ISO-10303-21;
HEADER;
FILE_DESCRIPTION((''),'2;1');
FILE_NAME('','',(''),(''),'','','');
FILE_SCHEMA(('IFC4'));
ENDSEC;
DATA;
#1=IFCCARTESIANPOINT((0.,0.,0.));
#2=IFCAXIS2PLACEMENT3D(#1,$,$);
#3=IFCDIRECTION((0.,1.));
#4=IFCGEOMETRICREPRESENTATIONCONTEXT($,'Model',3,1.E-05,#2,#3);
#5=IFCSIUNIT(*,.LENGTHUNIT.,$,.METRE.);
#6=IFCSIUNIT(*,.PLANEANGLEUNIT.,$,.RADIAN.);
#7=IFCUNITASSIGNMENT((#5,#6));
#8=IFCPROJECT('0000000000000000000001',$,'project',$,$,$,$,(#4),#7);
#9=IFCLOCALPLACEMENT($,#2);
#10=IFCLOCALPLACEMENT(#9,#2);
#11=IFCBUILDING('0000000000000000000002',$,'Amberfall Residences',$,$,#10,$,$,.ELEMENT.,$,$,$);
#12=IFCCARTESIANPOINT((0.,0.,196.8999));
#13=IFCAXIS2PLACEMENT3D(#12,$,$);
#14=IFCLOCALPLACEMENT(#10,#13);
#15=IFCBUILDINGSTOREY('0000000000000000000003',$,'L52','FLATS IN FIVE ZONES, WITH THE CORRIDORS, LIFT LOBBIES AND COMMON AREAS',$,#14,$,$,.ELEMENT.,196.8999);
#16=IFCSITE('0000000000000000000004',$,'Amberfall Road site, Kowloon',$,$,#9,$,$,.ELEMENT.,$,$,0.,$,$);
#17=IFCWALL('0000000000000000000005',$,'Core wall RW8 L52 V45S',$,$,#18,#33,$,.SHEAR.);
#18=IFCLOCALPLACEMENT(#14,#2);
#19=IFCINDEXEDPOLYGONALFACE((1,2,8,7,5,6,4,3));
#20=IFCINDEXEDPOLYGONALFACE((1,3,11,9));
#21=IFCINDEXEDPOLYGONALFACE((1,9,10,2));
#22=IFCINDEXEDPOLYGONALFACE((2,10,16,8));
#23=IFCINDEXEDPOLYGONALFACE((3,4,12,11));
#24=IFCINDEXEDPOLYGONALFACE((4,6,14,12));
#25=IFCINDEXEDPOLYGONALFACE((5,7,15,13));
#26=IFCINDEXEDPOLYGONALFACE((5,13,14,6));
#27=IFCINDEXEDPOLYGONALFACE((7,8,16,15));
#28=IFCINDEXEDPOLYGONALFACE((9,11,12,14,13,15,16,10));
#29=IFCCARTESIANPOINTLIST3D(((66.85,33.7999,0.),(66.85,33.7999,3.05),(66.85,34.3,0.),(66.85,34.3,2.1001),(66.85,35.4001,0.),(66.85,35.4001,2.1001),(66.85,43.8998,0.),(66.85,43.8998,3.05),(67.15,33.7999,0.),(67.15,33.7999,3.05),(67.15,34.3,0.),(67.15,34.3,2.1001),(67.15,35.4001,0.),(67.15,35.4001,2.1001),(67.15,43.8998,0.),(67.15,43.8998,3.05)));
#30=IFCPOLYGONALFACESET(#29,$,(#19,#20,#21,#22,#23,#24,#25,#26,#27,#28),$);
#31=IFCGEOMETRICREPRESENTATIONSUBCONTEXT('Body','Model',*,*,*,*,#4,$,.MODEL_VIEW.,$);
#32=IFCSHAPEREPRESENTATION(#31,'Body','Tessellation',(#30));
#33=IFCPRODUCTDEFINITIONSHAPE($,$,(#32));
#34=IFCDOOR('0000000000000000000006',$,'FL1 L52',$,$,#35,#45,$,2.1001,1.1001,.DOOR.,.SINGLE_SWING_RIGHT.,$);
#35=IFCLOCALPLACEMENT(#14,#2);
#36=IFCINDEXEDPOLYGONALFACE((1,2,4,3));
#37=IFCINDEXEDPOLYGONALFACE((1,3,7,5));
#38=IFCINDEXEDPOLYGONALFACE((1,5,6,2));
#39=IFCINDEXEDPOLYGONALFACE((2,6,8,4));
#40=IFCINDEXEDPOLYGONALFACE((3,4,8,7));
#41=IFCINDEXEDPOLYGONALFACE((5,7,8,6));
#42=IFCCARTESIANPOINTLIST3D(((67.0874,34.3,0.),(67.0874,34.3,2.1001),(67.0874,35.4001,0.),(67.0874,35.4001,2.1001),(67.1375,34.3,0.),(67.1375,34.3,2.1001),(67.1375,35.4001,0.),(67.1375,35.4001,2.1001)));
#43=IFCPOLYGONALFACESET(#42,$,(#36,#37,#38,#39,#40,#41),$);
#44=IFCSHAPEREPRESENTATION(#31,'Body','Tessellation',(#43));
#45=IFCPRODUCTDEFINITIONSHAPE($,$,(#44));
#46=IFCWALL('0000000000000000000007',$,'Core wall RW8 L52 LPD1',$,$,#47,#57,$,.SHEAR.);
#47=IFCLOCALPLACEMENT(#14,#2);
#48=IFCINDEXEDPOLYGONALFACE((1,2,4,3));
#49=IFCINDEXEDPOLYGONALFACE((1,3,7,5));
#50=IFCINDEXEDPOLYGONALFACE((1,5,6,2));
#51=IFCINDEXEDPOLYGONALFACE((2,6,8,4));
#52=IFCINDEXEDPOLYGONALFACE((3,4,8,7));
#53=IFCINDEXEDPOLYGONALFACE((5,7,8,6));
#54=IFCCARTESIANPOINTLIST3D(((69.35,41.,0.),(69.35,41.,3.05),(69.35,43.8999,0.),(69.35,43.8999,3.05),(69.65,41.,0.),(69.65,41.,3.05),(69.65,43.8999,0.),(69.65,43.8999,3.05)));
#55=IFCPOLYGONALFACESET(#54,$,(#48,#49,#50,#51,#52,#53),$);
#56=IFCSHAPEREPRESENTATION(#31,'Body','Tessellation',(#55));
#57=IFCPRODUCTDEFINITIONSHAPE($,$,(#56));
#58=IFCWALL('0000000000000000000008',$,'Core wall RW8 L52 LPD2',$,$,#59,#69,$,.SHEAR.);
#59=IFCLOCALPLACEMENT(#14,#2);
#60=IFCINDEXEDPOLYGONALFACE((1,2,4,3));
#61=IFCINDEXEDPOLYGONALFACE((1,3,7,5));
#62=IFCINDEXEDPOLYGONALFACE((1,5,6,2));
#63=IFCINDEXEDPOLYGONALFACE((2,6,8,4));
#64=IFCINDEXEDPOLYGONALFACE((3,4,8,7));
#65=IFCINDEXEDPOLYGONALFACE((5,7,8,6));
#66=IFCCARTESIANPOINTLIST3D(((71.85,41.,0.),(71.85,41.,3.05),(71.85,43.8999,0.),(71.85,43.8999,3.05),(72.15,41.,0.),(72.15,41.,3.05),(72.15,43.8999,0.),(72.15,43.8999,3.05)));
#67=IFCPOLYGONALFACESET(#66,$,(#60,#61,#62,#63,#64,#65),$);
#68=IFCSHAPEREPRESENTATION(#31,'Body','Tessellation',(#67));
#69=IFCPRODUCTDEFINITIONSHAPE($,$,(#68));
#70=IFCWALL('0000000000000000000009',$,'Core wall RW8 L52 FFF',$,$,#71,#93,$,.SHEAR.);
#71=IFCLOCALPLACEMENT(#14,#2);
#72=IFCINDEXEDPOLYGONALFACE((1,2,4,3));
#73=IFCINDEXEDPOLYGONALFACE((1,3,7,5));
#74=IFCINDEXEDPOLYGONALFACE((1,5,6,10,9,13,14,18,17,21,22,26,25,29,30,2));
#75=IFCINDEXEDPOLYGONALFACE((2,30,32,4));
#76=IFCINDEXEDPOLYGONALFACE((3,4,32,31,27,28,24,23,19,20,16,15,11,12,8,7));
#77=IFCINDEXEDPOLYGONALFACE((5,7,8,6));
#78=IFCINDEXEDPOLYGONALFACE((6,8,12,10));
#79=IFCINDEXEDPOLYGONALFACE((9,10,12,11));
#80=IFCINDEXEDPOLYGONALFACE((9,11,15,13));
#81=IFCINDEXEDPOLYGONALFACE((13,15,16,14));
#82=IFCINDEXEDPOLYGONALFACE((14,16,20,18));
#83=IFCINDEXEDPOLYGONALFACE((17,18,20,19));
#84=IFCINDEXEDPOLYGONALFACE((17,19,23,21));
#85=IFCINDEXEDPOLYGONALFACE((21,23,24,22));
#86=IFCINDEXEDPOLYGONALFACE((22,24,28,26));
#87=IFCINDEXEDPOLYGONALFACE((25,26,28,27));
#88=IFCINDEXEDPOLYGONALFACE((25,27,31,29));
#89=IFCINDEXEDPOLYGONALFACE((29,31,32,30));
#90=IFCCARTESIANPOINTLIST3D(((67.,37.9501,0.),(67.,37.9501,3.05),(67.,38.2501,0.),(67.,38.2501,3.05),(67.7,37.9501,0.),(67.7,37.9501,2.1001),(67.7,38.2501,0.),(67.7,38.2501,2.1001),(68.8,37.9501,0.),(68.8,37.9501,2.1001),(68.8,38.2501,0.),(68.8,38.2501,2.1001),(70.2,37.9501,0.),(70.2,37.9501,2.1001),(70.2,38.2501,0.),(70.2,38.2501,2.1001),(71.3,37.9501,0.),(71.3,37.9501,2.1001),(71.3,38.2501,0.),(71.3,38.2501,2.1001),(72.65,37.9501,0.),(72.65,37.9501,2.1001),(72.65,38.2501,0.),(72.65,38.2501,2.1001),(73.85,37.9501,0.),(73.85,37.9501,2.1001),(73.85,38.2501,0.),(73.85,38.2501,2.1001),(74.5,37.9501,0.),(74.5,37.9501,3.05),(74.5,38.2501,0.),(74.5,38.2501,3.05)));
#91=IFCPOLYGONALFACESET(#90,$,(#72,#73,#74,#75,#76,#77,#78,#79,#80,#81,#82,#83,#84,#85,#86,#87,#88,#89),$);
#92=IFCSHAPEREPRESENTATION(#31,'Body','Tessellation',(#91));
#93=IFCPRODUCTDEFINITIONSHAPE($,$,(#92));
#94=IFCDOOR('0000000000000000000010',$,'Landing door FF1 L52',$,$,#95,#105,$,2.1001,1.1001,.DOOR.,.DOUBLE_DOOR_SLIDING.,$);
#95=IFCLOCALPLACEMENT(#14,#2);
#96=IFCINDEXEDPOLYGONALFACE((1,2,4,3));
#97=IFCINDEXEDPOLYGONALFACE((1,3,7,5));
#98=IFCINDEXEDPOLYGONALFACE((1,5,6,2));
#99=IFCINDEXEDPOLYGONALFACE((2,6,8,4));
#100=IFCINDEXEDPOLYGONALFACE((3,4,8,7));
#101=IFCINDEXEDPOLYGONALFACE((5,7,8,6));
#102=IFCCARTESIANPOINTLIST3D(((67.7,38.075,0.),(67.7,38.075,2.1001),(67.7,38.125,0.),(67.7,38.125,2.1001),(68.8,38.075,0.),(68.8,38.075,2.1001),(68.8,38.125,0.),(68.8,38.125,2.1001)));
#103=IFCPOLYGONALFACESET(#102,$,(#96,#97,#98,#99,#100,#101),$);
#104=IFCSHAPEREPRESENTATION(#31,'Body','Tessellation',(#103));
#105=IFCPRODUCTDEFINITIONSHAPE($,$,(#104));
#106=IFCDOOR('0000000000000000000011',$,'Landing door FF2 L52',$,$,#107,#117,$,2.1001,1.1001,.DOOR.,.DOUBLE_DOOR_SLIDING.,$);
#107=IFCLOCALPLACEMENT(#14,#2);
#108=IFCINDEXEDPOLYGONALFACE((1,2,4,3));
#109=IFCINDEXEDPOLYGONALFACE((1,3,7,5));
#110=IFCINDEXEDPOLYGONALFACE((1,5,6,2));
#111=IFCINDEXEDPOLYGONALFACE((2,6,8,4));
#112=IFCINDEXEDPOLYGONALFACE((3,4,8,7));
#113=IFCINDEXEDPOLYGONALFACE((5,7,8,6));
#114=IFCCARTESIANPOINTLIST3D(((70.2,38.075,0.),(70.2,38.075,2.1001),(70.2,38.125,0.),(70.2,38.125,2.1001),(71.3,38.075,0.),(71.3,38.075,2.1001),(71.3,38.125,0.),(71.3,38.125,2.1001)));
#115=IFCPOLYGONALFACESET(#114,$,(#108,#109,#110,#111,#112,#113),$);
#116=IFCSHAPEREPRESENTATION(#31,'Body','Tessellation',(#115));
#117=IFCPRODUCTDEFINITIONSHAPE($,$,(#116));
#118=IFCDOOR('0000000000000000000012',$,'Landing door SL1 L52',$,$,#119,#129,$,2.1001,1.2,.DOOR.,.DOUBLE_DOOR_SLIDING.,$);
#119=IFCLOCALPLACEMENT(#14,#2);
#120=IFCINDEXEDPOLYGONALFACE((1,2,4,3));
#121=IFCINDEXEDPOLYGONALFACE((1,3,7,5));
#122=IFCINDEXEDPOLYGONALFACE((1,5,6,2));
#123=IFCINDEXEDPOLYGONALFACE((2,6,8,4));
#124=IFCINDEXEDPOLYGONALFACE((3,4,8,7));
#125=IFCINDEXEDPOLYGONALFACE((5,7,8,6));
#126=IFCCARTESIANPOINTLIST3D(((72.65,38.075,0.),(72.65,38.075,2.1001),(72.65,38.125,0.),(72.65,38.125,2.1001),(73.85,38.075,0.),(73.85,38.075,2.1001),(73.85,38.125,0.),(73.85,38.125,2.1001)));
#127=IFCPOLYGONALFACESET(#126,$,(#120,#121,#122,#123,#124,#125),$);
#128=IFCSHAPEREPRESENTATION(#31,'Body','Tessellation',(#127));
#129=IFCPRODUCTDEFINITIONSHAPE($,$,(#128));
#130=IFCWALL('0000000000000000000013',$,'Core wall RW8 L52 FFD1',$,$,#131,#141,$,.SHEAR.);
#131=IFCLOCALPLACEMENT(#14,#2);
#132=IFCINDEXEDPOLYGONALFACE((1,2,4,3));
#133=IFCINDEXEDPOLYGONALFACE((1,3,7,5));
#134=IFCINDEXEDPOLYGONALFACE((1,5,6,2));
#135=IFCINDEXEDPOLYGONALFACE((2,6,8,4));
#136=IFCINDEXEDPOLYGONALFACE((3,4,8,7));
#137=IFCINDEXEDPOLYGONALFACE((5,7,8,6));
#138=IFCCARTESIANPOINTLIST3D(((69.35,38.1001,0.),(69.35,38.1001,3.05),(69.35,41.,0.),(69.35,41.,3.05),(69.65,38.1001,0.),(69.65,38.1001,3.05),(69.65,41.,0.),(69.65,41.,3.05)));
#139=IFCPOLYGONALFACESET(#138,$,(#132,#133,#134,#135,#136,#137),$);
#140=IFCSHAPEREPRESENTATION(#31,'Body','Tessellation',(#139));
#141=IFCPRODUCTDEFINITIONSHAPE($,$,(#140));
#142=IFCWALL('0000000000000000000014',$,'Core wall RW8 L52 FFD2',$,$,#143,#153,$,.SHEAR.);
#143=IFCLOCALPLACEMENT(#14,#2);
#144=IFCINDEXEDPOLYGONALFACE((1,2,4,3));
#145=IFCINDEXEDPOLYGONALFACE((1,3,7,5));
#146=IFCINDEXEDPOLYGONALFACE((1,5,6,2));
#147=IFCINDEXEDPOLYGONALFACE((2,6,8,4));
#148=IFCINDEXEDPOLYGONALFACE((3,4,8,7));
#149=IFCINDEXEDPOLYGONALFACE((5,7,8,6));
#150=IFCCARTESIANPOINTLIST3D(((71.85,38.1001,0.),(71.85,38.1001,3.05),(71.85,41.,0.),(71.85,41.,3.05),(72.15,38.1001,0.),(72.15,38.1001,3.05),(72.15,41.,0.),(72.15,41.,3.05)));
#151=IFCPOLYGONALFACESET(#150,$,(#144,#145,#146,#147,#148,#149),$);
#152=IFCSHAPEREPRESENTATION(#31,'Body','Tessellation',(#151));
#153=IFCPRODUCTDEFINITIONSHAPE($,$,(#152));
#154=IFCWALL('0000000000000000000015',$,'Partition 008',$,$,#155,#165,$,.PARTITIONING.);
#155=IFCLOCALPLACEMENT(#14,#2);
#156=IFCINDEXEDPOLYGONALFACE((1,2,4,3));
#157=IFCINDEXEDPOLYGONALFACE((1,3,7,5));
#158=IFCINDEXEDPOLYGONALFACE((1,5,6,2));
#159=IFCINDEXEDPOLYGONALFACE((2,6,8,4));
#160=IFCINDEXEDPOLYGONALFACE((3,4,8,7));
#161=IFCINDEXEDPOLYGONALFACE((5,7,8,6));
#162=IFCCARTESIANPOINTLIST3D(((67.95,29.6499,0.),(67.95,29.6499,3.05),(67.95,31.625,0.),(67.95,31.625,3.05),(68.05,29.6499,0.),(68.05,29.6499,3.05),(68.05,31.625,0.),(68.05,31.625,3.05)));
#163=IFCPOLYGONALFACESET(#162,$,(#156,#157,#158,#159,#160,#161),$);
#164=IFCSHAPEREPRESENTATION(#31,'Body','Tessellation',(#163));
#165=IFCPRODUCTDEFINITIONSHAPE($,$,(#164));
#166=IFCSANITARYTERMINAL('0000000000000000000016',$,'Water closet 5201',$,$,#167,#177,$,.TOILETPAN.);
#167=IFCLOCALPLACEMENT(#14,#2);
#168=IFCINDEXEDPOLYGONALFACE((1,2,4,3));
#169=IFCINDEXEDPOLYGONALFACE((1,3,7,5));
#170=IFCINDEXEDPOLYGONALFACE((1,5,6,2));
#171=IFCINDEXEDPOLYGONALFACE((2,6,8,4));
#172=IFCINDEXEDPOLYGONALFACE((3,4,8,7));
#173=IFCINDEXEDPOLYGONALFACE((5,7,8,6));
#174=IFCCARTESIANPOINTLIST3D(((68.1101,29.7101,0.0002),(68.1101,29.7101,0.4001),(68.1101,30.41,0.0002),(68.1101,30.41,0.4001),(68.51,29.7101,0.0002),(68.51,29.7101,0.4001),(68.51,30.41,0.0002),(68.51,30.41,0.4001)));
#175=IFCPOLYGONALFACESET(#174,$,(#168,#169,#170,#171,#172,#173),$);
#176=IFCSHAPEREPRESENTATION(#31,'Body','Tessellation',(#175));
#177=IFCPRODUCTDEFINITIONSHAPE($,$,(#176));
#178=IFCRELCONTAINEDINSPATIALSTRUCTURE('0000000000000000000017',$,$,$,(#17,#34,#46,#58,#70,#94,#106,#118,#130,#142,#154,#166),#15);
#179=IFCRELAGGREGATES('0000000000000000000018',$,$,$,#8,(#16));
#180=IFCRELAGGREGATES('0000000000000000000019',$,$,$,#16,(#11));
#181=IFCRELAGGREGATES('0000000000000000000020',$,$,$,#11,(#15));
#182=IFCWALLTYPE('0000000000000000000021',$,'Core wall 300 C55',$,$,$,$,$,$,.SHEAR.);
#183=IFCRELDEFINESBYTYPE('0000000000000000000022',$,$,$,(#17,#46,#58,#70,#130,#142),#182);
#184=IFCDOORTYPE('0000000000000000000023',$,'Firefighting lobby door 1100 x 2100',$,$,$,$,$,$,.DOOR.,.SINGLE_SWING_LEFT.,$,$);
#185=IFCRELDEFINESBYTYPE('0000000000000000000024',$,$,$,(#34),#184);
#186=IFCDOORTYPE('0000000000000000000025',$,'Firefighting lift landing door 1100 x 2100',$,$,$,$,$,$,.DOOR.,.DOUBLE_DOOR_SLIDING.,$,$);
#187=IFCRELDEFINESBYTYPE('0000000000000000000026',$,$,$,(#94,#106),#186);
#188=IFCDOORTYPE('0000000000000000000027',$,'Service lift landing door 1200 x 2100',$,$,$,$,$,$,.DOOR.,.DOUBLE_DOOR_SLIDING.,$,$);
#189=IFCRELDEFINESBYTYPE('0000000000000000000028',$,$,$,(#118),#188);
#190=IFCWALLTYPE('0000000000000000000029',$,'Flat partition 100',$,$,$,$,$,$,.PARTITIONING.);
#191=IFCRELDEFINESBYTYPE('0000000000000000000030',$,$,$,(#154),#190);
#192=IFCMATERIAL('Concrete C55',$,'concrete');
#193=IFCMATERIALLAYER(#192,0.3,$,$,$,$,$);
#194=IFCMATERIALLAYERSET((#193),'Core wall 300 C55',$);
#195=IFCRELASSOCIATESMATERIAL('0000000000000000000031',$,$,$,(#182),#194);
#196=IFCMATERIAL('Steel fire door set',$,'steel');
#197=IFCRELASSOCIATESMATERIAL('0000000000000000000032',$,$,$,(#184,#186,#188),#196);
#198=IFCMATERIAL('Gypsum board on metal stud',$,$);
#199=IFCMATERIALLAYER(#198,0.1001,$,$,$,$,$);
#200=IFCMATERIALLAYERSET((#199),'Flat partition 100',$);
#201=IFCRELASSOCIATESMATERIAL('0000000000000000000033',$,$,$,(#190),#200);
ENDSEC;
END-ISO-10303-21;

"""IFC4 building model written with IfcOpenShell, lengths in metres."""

from ifc_helpers import new_model, si_unit, direction, frame, frame_2d, origin, origin_2d, place, context, subcontext, project, spatial, rectangle, extrude, material, layer, layer_set, type_object, element, fill, save


model = new_model("IFC4")

# Units and contexts
model_context = context("Model", 3, precision=1e-05, world=origin(), true_north=direction((0.0, 1.0)))
body_context = subcontext(model_context, "Body", "Model", "MODEL_VIEW")
ifc_project = project(units=[si_unit("LENGTHUNIT", "METRE"), si_unit("PLANEANGLEUNIT", "RADIAN")], contexts=[model_context])

# Site, building, storey
site_placement = place(None, origin())
site = spatial("IfcSite", under=ifc_project, at=site_placement, Name="Amberfall Road site, Kowloon", CompositionType="ELEMENT", RefElevation=0.0)
building_placement = place(site_placement, origin())
building = spatial("IfcBuilding", under=site, at=building_placement, Name="Amberfall Residences", CompositionType="ELEMENT")
storey_placement = place(building_placement, frame((0.0, 0.0, 196.8999)))
storey = spatial("IfcBuildingStorey", under=building, at=storey_placement, Name="L52", Description="FLATS IN FIVE ZONES, WITH THE CORRIDORS, LIFT LOBBIES AND COMMON AREAS", CompositionType="ELEMENT", Elevation=196.8999)

# Wall, opening, door
ifc_material_1 = material(Name="Concrete C55", Category="concrete")
ifc_layer_1 = layer(ifc_material_1, 0.3)
ifc_layer_set_1 = layer_set([ifc_layer_1], Name="Core wall 300 C55")
wall_type_1 = type_object("IfcWallType", Name="Core wall 300 C55", PredefinedType="SHEAR", material=ifc_layer_set_1)
wall_1_placement = place(storey_placement, frame((67.0, 33.8, 0.0), z_axis=(0.0, 0.0, 1.0), x_axis=(0.0, 1.0, 0.0)))
wall_1 = element("IfcWall", 1, at=wall_1_placement, inside=storey, type_object=wall_type_1, Name="Core wall RW8 L52 V45S", PredefinedType="SHEAR", context=body_context, shape_type="SweptSolid", body=[
    extrude(rectangle(XDim=10.0999, YDim=0.3, at=frame_2d((5.0498, 0.0))), origin(), (0.0, 0.0, 1.0), 3.05),
])
opening_1_placement = place(wall_1_placement, frame((0.5, 0.0, 0.0)))
opening_1 = element("IfcOpeningElement", 2, at=opening_1_placement, cuts=wall_1, PredefinedType="OPENING", context=body_context, shape_type="SweptSolid", body=[
    extrude(rectangle(XDim=1.1001, YDim=2.1001, at=frame_2d((0.55, 1.05))), frame((0.0, 0.1599, 0.0), z_axis=(0.0, -1.0, 0.0), x_axis=(1.0, 0.0, 0.0)), (0.0, 0.0, 1.0), 0.3201),
])
ifc_material_2 = material(Name="Steel fire door set", Category="steel")
door_type_1 = type_object("IfcDoorType", Name="Firefighting lobby door 1100 x 2100", OperationType="SINGLE_SWING_LEFT", PredefinedType="DOOR", material=ifc_material_2)
door_1_placement = place(opening_1_placement, origin())
door_1 = element("IfcDoor", 3, at=door_1_placement, inside=storey, type_object=door_type_1, Name="FL1 L52", OperationType="SINGLE_SWING_RIGHT", OverallHeight=2.1001, OverallWidth=1.1001, PredefinedType="DOOR", context=body_context, shape_type="SweptSolid", body=[
    extrude(rectangle(XDim=1.1001, YDim=2.1001, at=frame_2d((0.55, 1.05))), frame((0.0, -0.0874, 0.0), z_axis=(0.0, -1.0, 0.0), x_axis=(1.0, 0.0, 0.0)), (0.0, 0.0, 1.0), 0.05),
])
fill(opening_1, door_1)

# Walls
for number, where, z_axis, x_axis, name in (
    (4, (69.5, 41.0, 0.0), (0.0, 0.0, 1.0), (0.0, 1.0, 0.0), "Core wall RW8 L52 LPD1"),
    (5, (72.0, 41.0, 0.0), (0.0, 0.0, 1.0), (0.0, 1.0, 0.0), "Core wall RW8 L52 LPD2"),
):
    element("IfcWall", number, at=place(storey_placement, frame(where, z_axis=z_axis, x_axis=x_axis)), inside=storey, type_object=wall_type_1, Name=name, PredefinedType="SHEAR", context=body_context, shape_type="SweptSolid", body=[
        extrude(rectangle(XDim=2.8999, YDim=0.3, at=frame_2d((1.45, 0.0))), origin(), (0.0, 0.0, 1.0), 3.05),
    ])

# Wall, openings, doors
wall_2_placement = place(storey_placement, frame((67.0, 38.1001, 0.0), z_axis=(0.0, 0.0, 1.0), x_axis=(1.0, 0.0, 0.0)))
wall_2 = element("IfcWall", 6, at=wall_2_placement, inside=storey, type_object=wall_type_1, Name="Core wall RW8 L52 FFF", PredefinedType="SHEAR", context=body_context, shape_type="SweptSolid", body=[
    extrude(rectangle(XDim=7.5, YDim=0.3, at=frame_2d((3.75, 0.0))), origin(), (0.0, 0.0, 1.0), 3.05),
])
opening_2_placement = place(wall_2_placement, frame((0.7, 0.0, 0.0)))
opening_2 = element("IfcOpeningElement", 7, at=opening_2_placement, cuts=wall_2, PredefinedType="OPENING", context=body_context, shape_type="SweptSolid", body=[
    extrude(rectangle(XDim=1.1001, YDim=2.1001, at=frame_2d((0.55, 1.05))), frame((0.0, 0.1599, 0.0), z_axis=(0.0, -1.0, 0.0), x_axis=(1.0, 0.0, 0.0)), (0.0, 0.0, 1.0), 0.3201),
])
opening_3_placement = place(wall_2_placement, frame((3.2, 0.0, 0.0)))
opening_3 = element("IfcOpeningElement", 8, at=opening_3_placement, cuts=wall_2, PredefinedType="OPENING", context=body_context, shape_type="SweptSolid", body=[
    extrude(rectangle(XDim=1.1001, YDim=2.1001, at=frame_2d((0.55, 1.05))), frame((0.0, 0.1599, 0.0), z_axis=(0.0, -1.0, 0.0), x_axis=(1.0, 0.0, 0.0)), (0.0, 0.0, 1.0), 0.3201),
])
opening_4_placement = place(wall_2_placement, frame((5.6499, 0.0, 0.0)))
opening_4 = element("IfcOpeningElement", 9, at=opening_4_placement, cuts=wall_2, PredefinedType="OPENING", context=body_context, shape_type="SweptSolid", body=[
    extrude(rectangle(XDim=1.2, YDim=2.1001, at=frame_2d((0.6001, 1.05))), frame((0.0, 0.1599, 0.0), z_axis=(0.0, -1.0, 0.0), x_axis=(1.0, 0.0, 0.0)), (0.0, 0.0, 1.0), 0.3201),
])
door_type_2 = type_object("IfcDoorType", Name="Firefighting lift landing door 1100 x 2100", OperationType="DOUBLE_DOOR_SLIDING", PredefinedType="DOOR", material=ifc_material_2)
door_2_placement = place(opening_2_placement, origin())
door_2 = element("IfcDoor", 10, at=door_2_placement, inside=storey, type_object=door_type_2, Name="Landing door FF1 L52", OperationType="DOUBLE_DOOR_SLIDING", OverallHeight=2.1001, OverallWidth=1.1001, PredefinedType="DOOR", context=body_context, shape_type="SweptSolid", body=[
    extrude(rectangle(XDim=1.1001, YDim=2.1001, at=frame_2d((0.55, 1.05))), frame((0.0, 0.0249, 0.0), z_axis=(0.0, -1.0, 0.0), x_axis=(1.0, 0.0, 0.0)), (0.0, 0.0, 1.0), 0.05),
])
fill(opening_2, door_2)
door_3_placement = place(opening_3_placement, origin())
door_3 = element("IfcDoor", 11, at=door_3_placement, inside=storey, type_object=door_type_2, Name="Landing door FF2 L52", OperationType="DOUBLE_DOOR_SLIDING", OverallHeight=2.1001, OverallWidth=1.1001, PredefinedType="DOOR", context=body_context, shape_type="SweptSolid", body=[
    extrude(rectangle(XDim=1.1001, YDim=2.1001, at=frame_2d((0.55, 1.05))), frame((0.0, 0.0249, 0.0), z_axis=(0.0, -1.0, 0.0), x_axis=(1.0, 0.0, 0.0)), (0.0, 0.0, 1.0), 0.05),
])
fill(opening_3, door_3)
door_type_3 = type_object("IfcDoorType", Name="Service lift landing door 1200 x 2100", OperationType="DOUBLE_DOOR_SLIDING", PredefinedType="DOOR", material=ifc_material_2)
door_4_placement = place(opening_4_placement, origin())
door_4 = element("IfcDoor", 12, at=door_4_placement, inside=storey, type_object=door_type_3, Name="Landing door SL1 L52", OperationType="DOUBLE_DOOR_SLIDING", OverallHeight=2.1001, OverallWidth=1.2, PredefinedType="DOOR", context=body_context, shape_type="SweptSolid", body=[
    extrude(rectangle(XDim=1.2, YDim=2.1001, at=frame_2d((0.6001, 1.05))), frame((0.0, 0.0249, 0.0), z_axis=(0.0, -1.0, 0.0), x_axis=(1.0, 0.0, 0.0)), (0.0, 0.0, 1.0), 0.05),
])
fill(opening_4, door_4)

# Walls
for number, where, z_axis, x_axis, name in (
    (13, (69.5, 38.1001, 0.0), (0.0, 0.0, 1.0), (0.0, 1.0, 0.0), "Core wall RW8 L52 FFD1"),
    (14, (72.0, 38.1001, 0.0), (0.0, 0.0, 1.0), (0.0, 1.0, 0.0), "Core wall RW8 L52 FFD2"),
):
    element("IfcWall", number, at=place(storey_placement, frame(where, z_axis=z_axis, x_axis=x_axis)), inside=storey, type_object=wall_type_1, Name=name, PredefinedType="SHEAR", context=body_context, shape_type="SweptSolid", body=[
        extrude(rectangle(XDim=2.8999, YDim=0.3, at=frame_2d((1.45, 0.0))), origin(), (0.0, 0.0, 1.0), 3.05),
    ])
ifc_material_3 = material(Name="Gypsum board on metal stud")
ifc_layer_2 = layer(ifc_material_3, 0.1001)
ifc_layer_set_2 = layer_set([ifc_layer_2], Name="Flat partition 100")
wall_type_2 = type_object("IfcWallType", Name="Flat partition 100", PredefinedType="PARTITIONING", material=ifc_layer_set_2)
wall_3_placement = place(storey_placement, frame((68.0, 29.6499, 0.0), z_axis=(0.0, 0.0, 1.0), x_axis=(0.0, 1.0, 0.0)))
element("IfcWall", 15, at=wall_3_placement, inside=storey, type_object=wall_type_2, Name="Partition 008", PredefinedType="PARTITIONING", context=body_context, shape_type="SweptSolid", body=[
    extrude(rectangle(XDim=1.9751, YDim=0.1001, at=frame_2d((0.9875, 0.0))), origin(), (0.0, 0.0, 1.0), 3.05),
])

# Sanitary terminal
sanitary_terminal_1_placement = place(storey_placement, frame((68.3101, 30.0601, 0.0002), z_axis=(0.0, 0.0, 1.0), x_axis=(1.0, 0.0, 0.0)))
element("IfcSanitaryTerminal", 16, at=sanitary_terminal_1_placement, inside=storey, Name="Water closet 5201", PredefinedType="TOILETPAN", context=body_context, shape_type="SweptSolid", body=[
    extrude(rectangle(XDim=0.3999, YDim=0.7, at=origin_2d()), origin(), (0.0, 0.0, 1.0), 0.3999),
])

save(model, "model.ifc")
